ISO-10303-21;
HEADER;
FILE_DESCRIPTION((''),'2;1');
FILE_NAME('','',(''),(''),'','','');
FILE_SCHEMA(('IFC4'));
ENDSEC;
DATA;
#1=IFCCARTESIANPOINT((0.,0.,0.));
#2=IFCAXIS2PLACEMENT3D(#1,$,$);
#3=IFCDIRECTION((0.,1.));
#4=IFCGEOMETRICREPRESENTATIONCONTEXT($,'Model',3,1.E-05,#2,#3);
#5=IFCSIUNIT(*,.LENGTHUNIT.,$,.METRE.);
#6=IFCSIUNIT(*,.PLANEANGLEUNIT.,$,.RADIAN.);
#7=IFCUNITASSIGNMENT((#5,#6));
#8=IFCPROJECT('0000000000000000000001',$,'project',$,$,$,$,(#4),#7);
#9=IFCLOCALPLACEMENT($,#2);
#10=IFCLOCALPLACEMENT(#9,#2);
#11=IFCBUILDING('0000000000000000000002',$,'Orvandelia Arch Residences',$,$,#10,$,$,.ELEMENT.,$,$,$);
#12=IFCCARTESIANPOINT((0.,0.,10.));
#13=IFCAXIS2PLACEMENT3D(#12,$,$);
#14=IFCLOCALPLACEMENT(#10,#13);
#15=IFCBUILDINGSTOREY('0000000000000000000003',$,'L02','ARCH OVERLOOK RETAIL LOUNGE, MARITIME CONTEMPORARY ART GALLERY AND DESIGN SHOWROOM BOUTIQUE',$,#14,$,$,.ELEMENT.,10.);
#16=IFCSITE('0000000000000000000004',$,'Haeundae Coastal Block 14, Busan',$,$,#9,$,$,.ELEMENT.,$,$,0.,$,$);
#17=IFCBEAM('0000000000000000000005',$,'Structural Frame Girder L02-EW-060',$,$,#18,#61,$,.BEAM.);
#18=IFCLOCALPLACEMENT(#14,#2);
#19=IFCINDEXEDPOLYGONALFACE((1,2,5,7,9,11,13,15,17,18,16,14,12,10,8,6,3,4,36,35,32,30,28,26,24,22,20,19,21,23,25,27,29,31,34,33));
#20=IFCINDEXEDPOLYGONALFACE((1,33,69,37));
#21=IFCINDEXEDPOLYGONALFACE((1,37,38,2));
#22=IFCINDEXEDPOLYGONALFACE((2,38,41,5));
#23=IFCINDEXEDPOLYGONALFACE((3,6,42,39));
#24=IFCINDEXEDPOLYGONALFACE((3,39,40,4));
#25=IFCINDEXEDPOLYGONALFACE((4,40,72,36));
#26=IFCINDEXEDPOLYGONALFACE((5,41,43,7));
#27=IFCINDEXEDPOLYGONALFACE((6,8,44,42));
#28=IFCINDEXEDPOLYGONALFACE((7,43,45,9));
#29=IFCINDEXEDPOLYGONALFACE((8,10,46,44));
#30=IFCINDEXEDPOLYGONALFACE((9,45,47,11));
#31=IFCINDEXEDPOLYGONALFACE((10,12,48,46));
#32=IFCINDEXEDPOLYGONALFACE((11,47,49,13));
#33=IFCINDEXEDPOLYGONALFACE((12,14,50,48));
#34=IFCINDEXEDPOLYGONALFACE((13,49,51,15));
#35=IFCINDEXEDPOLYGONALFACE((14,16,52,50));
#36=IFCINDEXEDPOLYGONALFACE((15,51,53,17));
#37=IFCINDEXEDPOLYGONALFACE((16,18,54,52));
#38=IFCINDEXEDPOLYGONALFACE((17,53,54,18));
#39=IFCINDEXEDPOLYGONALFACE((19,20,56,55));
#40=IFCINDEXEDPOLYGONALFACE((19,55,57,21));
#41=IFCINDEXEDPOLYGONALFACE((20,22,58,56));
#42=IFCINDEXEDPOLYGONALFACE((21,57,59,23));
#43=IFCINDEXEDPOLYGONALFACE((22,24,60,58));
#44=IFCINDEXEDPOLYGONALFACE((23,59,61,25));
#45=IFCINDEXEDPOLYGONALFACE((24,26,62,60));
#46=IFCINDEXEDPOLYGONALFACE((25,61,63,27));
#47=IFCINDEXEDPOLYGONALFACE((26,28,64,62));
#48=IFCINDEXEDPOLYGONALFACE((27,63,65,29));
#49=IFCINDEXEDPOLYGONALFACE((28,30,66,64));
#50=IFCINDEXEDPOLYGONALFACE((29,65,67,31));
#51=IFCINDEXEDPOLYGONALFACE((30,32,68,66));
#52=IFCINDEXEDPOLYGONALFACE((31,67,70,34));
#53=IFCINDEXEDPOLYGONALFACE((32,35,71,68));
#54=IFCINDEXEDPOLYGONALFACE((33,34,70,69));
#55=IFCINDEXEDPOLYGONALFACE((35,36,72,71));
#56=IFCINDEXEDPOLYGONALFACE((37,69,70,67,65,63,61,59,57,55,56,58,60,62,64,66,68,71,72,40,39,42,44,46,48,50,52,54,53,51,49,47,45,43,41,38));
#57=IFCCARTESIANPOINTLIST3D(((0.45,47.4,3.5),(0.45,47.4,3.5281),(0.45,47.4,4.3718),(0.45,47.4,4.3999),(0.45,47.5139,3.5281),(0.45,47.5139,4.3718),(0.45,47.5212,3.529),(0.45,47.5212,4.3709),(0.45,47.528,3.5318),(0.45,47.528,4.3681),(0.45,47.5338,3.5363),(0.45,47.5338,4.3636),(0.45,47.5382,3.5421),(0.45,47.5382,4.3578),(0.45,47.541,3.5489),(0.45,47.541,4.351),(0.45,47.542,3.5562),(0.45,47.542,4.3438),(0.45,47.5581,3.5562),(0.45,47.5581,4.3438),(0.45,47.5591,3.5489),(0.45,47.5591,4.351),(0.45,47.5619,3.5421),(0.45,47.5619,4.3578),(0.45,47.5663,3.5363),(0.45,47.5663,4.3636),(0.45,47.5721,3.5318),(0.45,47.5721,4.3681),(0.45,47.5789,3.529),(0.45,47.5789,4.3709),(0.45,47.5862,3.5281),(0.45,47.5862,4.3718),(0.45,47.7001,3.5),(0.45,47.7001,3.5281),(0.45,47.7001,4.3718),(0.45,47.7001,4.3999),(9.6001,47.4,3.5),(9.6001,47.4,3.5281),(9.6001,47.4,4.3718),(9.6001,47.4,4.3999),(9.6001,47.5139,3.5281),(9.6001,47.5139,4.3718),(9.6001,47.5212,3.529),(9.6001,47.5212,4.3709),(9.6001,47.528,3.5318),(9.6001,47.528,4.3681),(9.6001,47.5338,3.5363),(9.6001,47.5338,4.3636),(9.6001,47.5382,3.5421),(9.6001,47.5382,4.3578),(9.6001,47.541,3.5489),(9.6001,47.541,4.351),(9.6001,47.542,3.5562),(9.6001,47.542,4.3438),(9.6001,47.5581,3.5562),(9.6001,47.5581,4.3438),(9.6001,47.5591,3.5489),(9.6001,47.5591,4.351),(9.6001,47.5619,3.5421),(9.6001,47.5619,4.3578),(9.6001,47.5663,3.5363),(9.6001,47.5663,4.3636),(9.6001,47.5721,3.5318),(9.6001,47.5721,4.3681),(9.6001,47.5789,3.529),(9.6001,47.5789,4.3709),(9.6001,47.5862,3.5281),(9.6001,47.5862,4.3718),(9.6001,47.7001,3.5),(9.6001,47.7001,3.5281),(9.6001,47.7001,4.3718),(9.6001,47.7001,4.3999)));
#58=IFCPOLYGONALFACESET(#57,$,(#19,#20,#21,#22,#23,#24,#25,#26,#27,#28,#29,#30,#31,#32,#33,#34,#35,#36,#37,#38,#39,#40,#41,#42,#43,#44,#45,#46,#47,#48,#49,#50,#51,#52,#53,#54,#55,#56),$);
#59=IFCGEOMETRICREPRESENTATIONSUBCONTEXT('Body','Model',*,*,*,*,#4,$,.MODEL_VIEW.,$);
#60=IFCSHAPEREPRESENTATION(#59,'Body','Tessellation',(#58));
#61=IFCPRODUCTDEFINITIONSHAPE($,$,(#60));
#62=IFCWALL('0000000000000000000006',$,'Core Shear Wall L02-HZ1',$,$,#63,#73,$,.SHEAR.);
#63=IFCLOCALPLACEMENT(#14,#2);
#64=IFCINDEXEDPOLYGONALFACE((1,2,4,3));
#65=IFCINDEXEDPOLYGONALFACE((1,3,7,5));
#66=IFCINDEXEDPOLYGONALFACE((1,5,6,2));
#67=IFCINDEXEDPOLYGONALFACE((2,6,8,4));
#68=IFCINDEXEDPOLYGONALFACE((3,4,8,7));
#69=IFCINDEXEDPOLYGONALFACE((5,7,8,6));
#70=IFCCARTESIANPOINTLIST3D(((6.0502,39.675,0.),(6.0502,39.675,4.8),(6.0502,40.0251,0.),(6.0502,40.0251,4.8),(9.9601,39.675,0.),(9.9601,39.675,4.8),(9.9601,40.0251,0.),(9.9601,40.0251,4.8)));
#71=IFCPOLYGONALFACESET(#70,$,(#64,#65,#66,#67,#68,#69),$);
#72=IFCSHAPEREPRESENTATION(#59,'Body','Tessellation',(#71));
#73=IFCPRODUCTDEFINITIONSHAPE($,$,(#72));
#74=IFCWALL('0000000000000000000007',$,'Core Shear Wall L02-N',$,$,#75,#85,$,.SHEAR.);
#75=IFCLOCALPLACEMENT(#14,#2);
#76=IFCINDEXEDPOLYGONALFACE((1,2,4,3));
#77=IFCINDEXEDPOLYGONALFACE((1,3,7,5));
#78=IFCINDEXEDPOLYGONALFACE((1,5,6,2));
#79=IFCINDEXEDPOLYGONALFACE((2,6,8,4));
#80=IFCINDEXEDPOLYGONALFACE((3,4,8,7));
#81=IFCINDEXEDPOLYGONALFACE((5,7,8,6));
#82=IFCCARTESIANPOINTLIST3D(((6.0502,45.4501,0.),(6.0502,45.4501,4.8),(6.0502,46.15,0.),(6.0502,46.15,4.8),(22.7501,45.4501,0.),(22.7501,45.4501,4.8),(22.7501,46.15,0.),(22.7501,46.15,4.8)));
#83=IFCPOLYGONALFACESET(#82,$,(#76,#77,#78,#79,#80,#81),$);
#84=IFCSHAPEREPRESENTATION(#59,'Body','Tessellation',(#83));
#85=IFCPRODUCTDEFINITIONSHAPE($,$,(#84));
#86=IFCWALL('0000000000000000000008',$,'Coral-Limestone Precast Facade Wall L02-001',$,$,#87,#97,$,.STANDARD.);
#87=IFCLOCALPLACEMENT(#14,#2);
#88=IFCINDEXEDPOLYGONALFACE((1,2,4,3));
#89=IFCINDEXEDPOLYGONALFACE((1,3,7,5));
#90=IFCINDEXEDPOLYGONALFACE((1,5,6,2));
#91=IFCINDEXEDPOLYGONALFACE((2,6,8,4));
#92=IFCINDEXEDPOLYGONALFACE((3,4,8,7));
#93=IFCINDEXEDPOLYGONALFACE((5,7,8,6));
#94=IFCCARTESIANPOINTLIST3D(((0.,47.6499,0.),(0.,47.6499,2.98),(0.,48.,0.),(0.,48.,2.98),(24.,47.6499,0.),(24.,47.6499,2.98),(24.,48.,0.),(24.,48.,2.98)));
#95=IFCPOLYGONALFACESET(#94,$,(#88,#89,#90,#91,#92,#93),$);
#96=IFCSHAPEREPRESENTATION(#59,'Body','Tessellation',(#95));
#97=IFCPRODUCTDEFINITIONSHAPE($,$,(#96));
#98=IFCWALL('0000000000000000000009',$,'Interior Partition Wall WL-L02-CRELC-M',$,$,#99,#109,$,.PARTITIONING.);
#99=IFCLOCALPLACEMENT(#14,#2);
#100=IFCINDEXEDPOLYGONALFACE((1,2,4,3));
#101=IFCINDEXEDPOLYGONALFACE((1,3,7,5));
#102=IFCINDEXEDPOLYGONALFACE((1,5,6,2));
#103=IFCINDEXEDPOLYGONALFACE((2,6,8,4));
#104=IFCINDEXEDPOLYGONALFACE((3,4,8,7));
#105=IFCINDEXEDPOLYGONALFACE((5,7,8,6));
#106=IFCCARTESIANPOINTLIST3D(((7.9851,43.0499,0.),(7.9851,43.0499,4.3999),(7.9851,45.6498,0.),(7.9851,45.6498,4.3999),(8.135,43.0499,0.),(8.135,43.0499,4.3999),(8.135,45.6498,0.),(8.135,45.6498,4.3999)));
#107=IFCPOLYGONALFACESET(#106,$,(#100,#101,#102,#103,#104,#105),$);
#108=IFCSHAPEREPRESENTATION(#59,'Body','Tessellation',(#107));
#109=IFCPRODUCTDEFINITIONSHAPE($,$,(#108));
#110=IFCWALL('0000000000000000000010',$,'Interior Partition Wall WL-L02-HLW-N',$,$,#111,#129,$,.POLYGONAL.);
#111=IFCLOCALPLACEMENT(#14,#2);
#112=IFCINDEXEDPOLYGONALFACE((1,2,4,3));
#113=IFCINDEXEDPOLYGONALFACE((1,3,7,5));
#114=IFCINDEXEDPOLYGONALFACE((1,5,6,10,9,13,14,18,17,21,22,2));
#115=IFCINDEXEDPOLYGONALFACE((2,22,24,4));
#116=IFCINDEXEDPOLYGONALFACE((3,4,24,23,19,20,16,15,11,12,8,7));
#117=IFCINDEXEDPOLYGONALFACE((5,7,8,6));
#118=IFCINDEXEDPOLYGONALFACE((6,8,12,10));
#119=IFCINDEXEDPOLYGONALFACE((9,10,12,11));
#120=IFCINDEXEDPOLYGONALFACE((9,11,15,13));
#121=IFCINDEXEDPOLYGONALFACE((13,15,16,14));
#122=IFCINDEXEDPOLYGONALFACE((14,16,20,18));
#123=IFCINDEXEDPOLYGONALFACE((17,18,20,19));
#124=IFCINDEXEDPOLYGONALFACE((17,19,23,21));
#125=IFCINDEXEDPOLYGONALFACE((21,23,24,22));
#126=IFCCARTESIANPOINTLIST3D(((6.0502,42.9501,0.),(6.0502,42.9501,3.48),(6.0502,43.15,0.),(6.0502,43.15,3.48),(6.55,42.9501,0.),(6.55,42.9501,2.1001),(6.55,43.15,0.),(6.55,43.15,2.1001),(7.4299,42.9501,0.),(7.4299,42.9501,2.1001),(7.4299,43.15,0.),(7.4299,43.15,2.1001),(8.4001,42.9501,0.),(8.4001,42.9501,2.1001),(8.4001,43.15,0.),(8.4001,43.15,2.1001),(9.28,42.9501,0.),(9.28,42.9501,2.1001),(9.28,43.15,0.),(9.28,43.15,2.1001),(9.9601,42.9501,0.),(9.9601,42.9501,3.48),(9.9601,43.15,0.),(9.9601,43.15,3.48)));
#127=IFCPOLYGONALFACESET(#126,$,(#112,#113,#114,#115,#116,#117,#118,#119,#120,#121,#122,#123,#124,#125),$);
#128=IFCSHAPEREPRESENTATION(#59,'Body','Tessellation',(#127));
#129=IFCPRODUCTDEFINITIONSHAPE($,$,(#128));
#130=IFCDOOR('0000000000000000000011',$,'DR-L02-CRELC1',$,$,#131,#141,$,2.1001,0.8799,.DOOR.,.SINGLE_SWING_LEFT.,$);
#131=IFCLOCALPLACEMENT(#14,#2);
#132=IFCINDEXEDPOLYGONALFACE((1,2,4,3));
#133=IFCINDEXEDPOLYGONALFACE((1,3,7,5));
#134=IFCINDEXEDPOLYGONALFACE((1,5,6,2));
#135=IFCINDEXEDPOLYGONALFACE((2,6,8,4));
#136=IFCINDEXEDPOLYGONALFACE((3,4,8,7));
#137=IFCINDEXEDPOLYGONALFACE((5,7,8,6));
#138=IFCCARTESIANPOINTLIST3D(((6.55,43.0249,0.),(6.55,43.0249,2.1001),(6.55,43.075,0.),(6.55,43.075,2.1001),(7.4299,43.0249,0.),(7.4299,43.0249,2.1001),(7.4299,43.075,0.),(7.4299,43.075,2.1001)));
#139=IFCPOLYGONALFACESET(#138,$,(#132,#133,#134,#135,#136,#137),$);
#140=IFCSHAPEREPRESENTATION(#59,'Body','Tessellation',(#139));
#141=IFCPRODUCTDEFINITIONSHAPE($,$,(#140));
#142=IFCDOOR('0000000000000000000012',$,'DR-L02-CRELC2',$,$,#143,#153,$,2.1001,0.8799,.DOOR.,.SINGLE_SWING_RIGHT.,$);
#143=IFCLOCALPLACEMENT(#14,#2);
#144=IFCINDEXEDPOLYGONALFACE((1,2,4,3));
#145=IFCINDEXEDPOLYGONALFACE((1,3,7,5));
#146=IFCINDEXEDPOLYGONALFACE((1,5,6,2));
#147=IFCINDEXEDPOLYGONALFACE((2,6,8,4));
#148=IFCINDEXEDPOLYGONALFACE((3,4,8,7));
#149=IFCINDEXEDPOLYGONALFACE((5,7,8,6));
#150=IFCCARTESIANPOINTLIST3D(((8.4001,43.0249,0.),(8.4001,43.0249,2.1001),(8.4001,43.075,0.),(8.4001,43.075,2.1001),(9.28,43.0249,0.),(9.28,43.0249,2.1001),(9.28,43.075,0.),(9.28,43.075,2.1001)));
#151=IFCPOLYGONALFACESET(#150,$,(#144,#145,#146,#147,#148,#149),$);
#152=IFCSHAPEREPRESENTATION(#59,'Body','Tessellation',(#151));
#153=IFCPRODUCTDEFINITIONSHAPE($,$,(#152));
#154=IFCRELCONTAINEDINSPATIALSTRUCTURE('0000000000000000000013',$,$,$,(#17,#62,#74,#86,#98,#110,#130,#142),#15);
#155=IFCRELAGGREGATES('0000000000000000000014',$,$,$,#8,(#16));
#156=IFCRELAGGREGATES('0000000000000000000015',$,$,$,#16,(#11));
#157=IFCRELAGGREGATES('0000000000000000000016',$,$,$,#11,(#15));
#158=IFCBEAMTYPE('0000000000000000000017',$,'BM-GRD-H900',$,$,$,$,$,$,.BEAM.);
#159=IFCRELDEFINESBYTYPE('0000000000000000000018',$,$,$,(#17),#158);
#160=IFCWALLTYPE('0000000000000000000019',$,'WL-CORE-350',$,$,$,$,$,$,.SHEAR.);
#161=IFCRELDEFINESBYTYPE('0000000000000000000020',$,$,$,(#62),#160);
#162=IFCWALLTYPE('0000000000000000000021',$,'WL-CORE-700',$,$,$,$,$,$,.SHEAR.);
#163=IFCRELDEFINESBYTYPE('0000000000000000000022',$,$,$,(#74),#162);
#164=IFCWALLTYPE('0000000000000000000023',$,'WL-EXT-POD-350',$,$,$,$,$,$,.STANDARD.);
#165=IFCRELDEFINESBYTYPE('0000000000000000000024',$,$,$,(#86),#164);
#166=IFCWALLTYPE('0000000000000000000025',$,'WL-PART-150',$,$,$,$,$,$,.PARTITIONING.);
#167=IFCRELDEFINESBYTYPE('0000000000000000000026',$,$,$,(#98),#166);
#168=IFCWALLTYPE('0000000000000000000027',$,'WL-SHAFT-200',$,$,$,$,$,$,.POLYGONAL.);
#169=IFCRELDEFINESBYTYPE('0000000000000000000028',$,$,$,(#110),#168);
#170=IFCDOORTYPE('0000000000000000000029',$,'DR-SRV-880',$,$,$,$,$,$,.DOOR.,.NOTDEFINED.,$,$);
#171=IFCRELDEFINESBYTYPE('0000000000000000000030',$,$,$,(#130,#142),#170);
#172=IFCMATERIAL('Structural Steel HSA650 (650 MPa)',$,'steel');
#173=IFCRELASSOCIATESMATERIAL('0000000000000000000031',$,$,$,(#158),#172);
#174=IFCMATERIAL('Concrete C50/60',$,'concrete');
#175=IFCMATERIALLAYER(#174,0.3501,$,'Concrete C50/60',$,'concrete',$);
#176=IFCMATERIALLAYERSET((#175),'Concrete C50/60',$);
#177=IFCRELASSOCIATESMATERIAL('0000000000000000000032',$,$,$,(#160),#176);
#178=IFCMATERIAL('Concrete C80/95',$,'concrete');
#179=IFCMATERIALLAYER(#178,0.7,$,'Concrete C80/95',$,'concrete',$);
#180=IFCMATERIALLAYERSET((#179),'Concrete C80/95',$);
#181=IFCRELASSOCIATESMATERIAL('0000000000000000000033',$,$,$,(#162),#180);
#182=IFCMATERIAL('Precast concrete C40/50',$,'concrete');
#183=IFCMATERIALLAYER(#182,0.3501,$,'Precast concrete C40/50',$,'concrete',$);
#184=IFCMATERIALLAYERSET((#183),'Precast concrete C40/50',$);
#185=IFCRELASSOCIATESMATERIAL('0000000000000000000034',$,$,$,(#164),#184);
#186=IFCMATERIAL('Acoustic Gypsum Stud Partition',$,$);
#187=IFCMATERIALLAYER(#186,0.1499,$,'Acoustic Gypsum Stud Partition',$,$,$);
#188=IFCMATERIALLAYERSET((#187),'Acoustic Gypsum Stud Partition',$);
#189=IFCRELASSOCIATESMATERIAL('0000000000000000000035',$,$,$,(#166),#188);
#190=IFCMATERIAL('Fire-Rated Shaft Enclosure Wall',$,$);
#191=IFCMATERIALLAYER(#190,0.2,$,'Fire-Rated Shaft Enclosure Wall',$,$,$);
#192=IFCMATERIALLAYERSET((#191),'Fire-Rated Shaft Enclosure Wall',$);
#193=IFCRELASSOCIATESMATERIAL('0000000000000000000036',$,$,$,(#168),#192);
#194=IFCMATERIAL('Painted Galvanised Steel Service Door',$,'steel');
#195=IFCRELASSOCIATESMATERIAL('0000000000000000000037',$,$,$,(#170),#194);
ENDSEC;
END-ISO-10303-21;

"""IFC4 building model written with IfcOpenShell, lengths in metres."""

from ifc_helpers import new_model, si_unit, direction, frame, frame_2d, origin, origin_2d, place, context, subcontext, project, spatial, rectangle, i_section, extrude, material, layer, layer_set, material_profile, profile_set, type_object, element, fill, save


model = new_model("IFC4")

# Units and contexts
model_context = context("Model", 3, precision=1e-05, world=origin(), true_north=direction((0.0, 1.0)))
body_context = subcontext(model_context, "Body", "Model", "MODEL_VIEW")
ifc_project = project(units=[si_unit("LENGTHUNIT", "METRE"), si_unit("PLANEANGLEUNIT", "RADIAN")], contexts=[model_context])

# Site, building, storey
site_placement = place(None, origin())
site = spatial("IfcSite", under=ifc_project, at=site_placement, Name="Haeundae Coastal Block 14, Busan", CompositionType="ELEMENT", RefElevation=0.0)
building_placement = place(site_placement, origin())
building = spatial("IfcBuilding", under=site, at=building_placement, Name="Orvandelia Arch Residences", CompositionType="ELEMENT")
storey_placement = place(building_placement, frame((0.0, 0.0, 10.0)))
storey = spatial("IfcBuildingStorey", under=building, at=storey_placement, Name="L02", Description="ARCH OVERLOOK RETAIL LOUNGE, MARITIME CONTEMPORARY ART GALLERY AND DESIGN SHOWROOM BOUTIQUE", CompositionType="ELEMENT", Elevation=10.0)

# Shared definitions
ifc_material_1 = material(Name="Concrete C80/95", Category="concrete")

# Beam
ifc_material_2 = material(Name="Structural Steel HSA650 (650 MPa)", Category="steel")
ifc_material_profile_1 = material_profile(ifc_material_2, i_section(OverallWidth=0.3, OverallDepth=0.8999, WebThickness=0.0161, FlangeThickness=0.0281, FilletRadius=0.0281, at=origin_2d()), Name="Structural Steel HSA650 (650 MPa)", Category="steel")
ifc_profile_set_1 = profile_set([ifc_material_profile_1], Name="Structural Steel HSA650 (650 MPa)")
beam_type = type_object("IfcBeamType", Name="BM-GRD-H900", PredefinedType="BEAM", material=ifc_profile_set_1)
beam_1_placement = place(storey_placement, frame((0.45, 47.55, 3.95), z_axis=(1.0, 0.0, 0.0), x_axis=(0.0, 1.0, 0.0)))
element("IfcBeam", 1, at=beam_1_placement, inside=storey, type_object=beam_type, Name="Structural Frame Girder L02-EW-060", PredefinedType="BEAM", context=body_context, shape_type="SweptSolid", body=[
    extrude(i_section(OverallWidth=0.3, OverallDepth=0.8999, WebThickness=0.0161, FlangeThickness=0.0281, FilletRadius=0.0281, at=origin_2d()), origin(), (0.0, 0.0, 1.0), 9.1501),
])

# Walls
ifc_material_3 = material(Name="Concrete C50/60", Category="concrete")
ifc_layer_1 = layer(ifc_material_3, 0.3501, Name="Concrete C50/60", Category="concrete")
ifc_layer_set_1 = layer_set([ifc_layer_1], Name="Concrete C50/60")
wall_type_1 = type_object("IfcWallType", Name="WL-CORE-350", PredefinedType="SHEAR", material=ifc_layer_set_1)
wall_1_placement = place(storey_placement, frame((6.05, 39.8501, 0.0), z_axis=(0.0, 0.0, 1.0), x_axis=(1.0, 0.0, 0.0)))
element("IfcWall", 2, at=wall_1_placement, inside=storey, type_object=wall_type_1, Name="Core Shear Wall L02-HZ1", PredefinedType="SHEAR", context=body_context, shape_type="SweptSolid", body=[
    extrude(rectangle(XDim=3.9099, YDim=0.3501, at=frame_2d((1.9551, 0.0))), origin(), (0.0, 0.0, 1.0), 4.8),
])
ifc_layer_2 = layer(ifc_material_1, 0.7, Name="Concrete C80/95", Category="concrete")
ifc_layer_set_2 = layer_set([ifc_layer_2], Name="Concrete C80/95")
wall_type_2 = type_object("IfcWallType", Name="WL-CORE-700", PredefinedType="SHEAR", material=ifc_layer_set_2)
wall_2_placement = place(storey_placement, frame((6.05, 45.8, 0.0), z_axis=(0.0, 0.0, 1.0), x_axis=(1.0, 0.0, 0.0)))
element("IfcWall", 3, at=wall_2_placement, inside=storey, type_object=wall_type_2, Name="Core Shear Wall L02-N", PredefinedType="SHEAR", context=body_context, shape_type="SweptSolid", body=[
    extrude(rectangle(XDim=16.7, YDim=0.7, at=frame_2d((8.3501, 0.0))), origin(), (0.0, 0.0, 1.0), 4.8),
])
ifc_material_4 = material(Name="Precast concrete C40/50", Category="concrete")
ifc_layer_3 = layer(ifc_material_4, 0.3501, Name="Precast concrete C40/50", Category="concrete")
ifc_layer_set_3 = layer_set([ifc_layer_3], Name="Precast concrete C40/50")
wall_type_3 = type_object("IfcWallType", Name="WL-EXT-POD-350", PredefinedType="STANDARD", material=ifc_layer_set_3)
wall_3_placement = place(storey_placement, frame((0.0, 47.825, 0.0), z_axis=(0.0, 0.0, 1.0), x_axis=(1.0, 0.0, 0.0)))
element("IfcWall", 4, at=wall_3_placement, inside=storey, type_object=wall_type_3, Name="Coral-Limestone Precast Facade Wall L02-001", PredefinedType="STANDARD", context=body_context, shape_type="SweptSolid", body=[
    extrude(rectangle(XDim=24.0, YDim=0.3501, at=frame_2d((12.0, 0.0))), origin(), (0.0, 0.0, 1.0), 2.98),
])
ifc_material_5 = material(Name="Acoustic Gypsum Stud Partition")
ifc_layer_4 = layer(ifc_material_5, 0.1499, Name="Acoustic Gypsum Stud Partition")
ifc_layer_set_4 = layer_set([ifc_layer_4], Name="Acoustic Gypsum Stud Partition")
wall_type_4 = type_object("IfcWallType", Name="WL-PART-150", PredefinedType="PARTITIONING", material=ifc_layer_set_4)
wall_4_placement = place(storey_placement, frame((8.0601, 43.05, 0.0), z_axis=(0.0, 0.0, 1.0), x_axis=(0.0, 1.0, 0.0)))
element("IfcWall", 5, at=wall_4_placement, inside=storey, type_object=wall_type_4, Name="Interior Partition Wall WL-L02-CRELC-M", PredefinedType="PARTITIONING", context=body_context, shape_type="SweptSolid", body=[
    extrude(rectangle(XDim=2.5999, YDim=0.1499, at=frame_2d((1.2998, 0.0))), origin(), (0.0, 0.0, 1.0), 4.3999),
])

# Wall, openings, doors
ifc_material_6 = material(Name="Fire-Rated Shaft Enclosure Wall")
ifc_layer_5 = layer(ifc_material_6, 0.2, Name="Fire-Rated Shaft Enclosure Wall")
ifc_layer_set_5 = layer_set([ifc_layer_5], Name="Fire-Rated Shaft Enclosure Wall")
wall_type_5 = type_object("IfcWallType", Name="WL-SHAFT-200", PredefinedType="POLYGONAL", material=ifc_layer_set_5)
wall_5_placement = place(storey_placement, frame((6.05, 43.05, 0.0), z_axis=(0.0, 0.0, 1.0), x_axis=(1.0, 0.0, 0.0)))
wall_5 = element("IfcWall", 6, at=wall_5_placement, inside=storey, type_object=wall_type_5, Name="Interior Partition Wall WL-L02-HLW-N", PredefinedType="POLYGONAL", context=body_context, shape_type="SweptSolid", body=[
    extrude(rectangle(XDim=3.9099, YDim=0.2, at=frame_2d((1.9551, 0.0))), origin(), (0.0, 0.0, 1.0), 3.48),
])
opening_1_placement = place(wall_5_placement, frame((0.5, 0.0, 0.0)))
opening_1 = element("IfcOpeningElement", 7, at=opening_1_placement, cuts=wall_5, PredefinedType="OPENING", context=body_context, shape_type="SweptSolid", body=[
    extrude(rectangle(XDim=0.8799, YDim=2.1001, at=frame_2d((0.4399, 1.05))), frame((0.0, 0.1099, 0.0), z_axis=(0.0, -1.0, 0.0), x_axis=(1.0, 0.0, 0.0)), (0.0, 0.0, 1.0), 0.22),
])
opening_2_placement = place(wall_5_placement, frame((2.3501, 0.0, 0.0)))
opening_2 = element("IfcOpeningElement", 8, at=opening_2_placement, cuts=wall_5, PredefinedType="OPENING", context=body_context, shape_type="SweptSolid", body=[
    extrude(rectangle(XDim=0.8799, YDim=2.1001, at=frame_2d((0.4399, 1.05))), frame((0.0, 0.1099, 0.0), z_axis=(0.0, -1.0, 0.0), x_axis=(1.0, 0.0, 0.0)), (0.0, 0.0, 1.0), 0.22),
])
ifc_material_7 = material(Name="Painted Galvanised Steel Service Door", Category="steel")
door_type = type_object("IfcDoorType", Name="DR-SRV-880", OperationType="NOTDEFINED", PredefinedType="DOOR", material=ifc_material_7)
door_1_placement = place(opening_1_placement, origin())
door_1 = element("IfcDoor", 9, at=door_1_placement, inside=storey, type_object=door_type, Name="DR-L02-CRELC1", OperationType="SINGLE_SWING_LEFT", OverallHeight=2.1001, OverallWidth=0.8799, PredefinedType="DOOR", context=body_context, shape_type="SweptSolid", body=[
    extrude(rectangle(XDim=0.8799, YDim=2.1001, at=frame_2d((0.4399, 1.05))), frame((0.0, 0.0249, 0.0), z_axis=(0.0, -1.0, 0.0), x_axis=(1.0, 0.0, 0.0)), (0.0, 0.0, 1.0), 0.05),
])
fill(opening_1, door_1)
door_2_placement = place(opening_2_placement, origin())
door_2 = element("IfcDoor", 10, at=door_2_placement, inside=storey, type_object=door_type, Name="DR-L02-CRELC2", OperationType="SINGLE_SWING_RIGHT", OverallHeight=2.1001, OverallWidth=0.8799, PredefinedType="DOOR", context=body_context, shape_type="SweptSolid", body=[
    extrude(rectangle(XDim=0.8799, YDim=2.1001, at=frame_2d((0.4399, 1.05))), frame((0.0, 0.0249, 0.0), z_axis=(0.0, -1.0, 0.0), x_axis=(1.0, 0.0, 0.0)), (0.0, 0.0, 1.0), 0.05),
])
fill(opening_2, door_2)

save(model, "model.ifc")
